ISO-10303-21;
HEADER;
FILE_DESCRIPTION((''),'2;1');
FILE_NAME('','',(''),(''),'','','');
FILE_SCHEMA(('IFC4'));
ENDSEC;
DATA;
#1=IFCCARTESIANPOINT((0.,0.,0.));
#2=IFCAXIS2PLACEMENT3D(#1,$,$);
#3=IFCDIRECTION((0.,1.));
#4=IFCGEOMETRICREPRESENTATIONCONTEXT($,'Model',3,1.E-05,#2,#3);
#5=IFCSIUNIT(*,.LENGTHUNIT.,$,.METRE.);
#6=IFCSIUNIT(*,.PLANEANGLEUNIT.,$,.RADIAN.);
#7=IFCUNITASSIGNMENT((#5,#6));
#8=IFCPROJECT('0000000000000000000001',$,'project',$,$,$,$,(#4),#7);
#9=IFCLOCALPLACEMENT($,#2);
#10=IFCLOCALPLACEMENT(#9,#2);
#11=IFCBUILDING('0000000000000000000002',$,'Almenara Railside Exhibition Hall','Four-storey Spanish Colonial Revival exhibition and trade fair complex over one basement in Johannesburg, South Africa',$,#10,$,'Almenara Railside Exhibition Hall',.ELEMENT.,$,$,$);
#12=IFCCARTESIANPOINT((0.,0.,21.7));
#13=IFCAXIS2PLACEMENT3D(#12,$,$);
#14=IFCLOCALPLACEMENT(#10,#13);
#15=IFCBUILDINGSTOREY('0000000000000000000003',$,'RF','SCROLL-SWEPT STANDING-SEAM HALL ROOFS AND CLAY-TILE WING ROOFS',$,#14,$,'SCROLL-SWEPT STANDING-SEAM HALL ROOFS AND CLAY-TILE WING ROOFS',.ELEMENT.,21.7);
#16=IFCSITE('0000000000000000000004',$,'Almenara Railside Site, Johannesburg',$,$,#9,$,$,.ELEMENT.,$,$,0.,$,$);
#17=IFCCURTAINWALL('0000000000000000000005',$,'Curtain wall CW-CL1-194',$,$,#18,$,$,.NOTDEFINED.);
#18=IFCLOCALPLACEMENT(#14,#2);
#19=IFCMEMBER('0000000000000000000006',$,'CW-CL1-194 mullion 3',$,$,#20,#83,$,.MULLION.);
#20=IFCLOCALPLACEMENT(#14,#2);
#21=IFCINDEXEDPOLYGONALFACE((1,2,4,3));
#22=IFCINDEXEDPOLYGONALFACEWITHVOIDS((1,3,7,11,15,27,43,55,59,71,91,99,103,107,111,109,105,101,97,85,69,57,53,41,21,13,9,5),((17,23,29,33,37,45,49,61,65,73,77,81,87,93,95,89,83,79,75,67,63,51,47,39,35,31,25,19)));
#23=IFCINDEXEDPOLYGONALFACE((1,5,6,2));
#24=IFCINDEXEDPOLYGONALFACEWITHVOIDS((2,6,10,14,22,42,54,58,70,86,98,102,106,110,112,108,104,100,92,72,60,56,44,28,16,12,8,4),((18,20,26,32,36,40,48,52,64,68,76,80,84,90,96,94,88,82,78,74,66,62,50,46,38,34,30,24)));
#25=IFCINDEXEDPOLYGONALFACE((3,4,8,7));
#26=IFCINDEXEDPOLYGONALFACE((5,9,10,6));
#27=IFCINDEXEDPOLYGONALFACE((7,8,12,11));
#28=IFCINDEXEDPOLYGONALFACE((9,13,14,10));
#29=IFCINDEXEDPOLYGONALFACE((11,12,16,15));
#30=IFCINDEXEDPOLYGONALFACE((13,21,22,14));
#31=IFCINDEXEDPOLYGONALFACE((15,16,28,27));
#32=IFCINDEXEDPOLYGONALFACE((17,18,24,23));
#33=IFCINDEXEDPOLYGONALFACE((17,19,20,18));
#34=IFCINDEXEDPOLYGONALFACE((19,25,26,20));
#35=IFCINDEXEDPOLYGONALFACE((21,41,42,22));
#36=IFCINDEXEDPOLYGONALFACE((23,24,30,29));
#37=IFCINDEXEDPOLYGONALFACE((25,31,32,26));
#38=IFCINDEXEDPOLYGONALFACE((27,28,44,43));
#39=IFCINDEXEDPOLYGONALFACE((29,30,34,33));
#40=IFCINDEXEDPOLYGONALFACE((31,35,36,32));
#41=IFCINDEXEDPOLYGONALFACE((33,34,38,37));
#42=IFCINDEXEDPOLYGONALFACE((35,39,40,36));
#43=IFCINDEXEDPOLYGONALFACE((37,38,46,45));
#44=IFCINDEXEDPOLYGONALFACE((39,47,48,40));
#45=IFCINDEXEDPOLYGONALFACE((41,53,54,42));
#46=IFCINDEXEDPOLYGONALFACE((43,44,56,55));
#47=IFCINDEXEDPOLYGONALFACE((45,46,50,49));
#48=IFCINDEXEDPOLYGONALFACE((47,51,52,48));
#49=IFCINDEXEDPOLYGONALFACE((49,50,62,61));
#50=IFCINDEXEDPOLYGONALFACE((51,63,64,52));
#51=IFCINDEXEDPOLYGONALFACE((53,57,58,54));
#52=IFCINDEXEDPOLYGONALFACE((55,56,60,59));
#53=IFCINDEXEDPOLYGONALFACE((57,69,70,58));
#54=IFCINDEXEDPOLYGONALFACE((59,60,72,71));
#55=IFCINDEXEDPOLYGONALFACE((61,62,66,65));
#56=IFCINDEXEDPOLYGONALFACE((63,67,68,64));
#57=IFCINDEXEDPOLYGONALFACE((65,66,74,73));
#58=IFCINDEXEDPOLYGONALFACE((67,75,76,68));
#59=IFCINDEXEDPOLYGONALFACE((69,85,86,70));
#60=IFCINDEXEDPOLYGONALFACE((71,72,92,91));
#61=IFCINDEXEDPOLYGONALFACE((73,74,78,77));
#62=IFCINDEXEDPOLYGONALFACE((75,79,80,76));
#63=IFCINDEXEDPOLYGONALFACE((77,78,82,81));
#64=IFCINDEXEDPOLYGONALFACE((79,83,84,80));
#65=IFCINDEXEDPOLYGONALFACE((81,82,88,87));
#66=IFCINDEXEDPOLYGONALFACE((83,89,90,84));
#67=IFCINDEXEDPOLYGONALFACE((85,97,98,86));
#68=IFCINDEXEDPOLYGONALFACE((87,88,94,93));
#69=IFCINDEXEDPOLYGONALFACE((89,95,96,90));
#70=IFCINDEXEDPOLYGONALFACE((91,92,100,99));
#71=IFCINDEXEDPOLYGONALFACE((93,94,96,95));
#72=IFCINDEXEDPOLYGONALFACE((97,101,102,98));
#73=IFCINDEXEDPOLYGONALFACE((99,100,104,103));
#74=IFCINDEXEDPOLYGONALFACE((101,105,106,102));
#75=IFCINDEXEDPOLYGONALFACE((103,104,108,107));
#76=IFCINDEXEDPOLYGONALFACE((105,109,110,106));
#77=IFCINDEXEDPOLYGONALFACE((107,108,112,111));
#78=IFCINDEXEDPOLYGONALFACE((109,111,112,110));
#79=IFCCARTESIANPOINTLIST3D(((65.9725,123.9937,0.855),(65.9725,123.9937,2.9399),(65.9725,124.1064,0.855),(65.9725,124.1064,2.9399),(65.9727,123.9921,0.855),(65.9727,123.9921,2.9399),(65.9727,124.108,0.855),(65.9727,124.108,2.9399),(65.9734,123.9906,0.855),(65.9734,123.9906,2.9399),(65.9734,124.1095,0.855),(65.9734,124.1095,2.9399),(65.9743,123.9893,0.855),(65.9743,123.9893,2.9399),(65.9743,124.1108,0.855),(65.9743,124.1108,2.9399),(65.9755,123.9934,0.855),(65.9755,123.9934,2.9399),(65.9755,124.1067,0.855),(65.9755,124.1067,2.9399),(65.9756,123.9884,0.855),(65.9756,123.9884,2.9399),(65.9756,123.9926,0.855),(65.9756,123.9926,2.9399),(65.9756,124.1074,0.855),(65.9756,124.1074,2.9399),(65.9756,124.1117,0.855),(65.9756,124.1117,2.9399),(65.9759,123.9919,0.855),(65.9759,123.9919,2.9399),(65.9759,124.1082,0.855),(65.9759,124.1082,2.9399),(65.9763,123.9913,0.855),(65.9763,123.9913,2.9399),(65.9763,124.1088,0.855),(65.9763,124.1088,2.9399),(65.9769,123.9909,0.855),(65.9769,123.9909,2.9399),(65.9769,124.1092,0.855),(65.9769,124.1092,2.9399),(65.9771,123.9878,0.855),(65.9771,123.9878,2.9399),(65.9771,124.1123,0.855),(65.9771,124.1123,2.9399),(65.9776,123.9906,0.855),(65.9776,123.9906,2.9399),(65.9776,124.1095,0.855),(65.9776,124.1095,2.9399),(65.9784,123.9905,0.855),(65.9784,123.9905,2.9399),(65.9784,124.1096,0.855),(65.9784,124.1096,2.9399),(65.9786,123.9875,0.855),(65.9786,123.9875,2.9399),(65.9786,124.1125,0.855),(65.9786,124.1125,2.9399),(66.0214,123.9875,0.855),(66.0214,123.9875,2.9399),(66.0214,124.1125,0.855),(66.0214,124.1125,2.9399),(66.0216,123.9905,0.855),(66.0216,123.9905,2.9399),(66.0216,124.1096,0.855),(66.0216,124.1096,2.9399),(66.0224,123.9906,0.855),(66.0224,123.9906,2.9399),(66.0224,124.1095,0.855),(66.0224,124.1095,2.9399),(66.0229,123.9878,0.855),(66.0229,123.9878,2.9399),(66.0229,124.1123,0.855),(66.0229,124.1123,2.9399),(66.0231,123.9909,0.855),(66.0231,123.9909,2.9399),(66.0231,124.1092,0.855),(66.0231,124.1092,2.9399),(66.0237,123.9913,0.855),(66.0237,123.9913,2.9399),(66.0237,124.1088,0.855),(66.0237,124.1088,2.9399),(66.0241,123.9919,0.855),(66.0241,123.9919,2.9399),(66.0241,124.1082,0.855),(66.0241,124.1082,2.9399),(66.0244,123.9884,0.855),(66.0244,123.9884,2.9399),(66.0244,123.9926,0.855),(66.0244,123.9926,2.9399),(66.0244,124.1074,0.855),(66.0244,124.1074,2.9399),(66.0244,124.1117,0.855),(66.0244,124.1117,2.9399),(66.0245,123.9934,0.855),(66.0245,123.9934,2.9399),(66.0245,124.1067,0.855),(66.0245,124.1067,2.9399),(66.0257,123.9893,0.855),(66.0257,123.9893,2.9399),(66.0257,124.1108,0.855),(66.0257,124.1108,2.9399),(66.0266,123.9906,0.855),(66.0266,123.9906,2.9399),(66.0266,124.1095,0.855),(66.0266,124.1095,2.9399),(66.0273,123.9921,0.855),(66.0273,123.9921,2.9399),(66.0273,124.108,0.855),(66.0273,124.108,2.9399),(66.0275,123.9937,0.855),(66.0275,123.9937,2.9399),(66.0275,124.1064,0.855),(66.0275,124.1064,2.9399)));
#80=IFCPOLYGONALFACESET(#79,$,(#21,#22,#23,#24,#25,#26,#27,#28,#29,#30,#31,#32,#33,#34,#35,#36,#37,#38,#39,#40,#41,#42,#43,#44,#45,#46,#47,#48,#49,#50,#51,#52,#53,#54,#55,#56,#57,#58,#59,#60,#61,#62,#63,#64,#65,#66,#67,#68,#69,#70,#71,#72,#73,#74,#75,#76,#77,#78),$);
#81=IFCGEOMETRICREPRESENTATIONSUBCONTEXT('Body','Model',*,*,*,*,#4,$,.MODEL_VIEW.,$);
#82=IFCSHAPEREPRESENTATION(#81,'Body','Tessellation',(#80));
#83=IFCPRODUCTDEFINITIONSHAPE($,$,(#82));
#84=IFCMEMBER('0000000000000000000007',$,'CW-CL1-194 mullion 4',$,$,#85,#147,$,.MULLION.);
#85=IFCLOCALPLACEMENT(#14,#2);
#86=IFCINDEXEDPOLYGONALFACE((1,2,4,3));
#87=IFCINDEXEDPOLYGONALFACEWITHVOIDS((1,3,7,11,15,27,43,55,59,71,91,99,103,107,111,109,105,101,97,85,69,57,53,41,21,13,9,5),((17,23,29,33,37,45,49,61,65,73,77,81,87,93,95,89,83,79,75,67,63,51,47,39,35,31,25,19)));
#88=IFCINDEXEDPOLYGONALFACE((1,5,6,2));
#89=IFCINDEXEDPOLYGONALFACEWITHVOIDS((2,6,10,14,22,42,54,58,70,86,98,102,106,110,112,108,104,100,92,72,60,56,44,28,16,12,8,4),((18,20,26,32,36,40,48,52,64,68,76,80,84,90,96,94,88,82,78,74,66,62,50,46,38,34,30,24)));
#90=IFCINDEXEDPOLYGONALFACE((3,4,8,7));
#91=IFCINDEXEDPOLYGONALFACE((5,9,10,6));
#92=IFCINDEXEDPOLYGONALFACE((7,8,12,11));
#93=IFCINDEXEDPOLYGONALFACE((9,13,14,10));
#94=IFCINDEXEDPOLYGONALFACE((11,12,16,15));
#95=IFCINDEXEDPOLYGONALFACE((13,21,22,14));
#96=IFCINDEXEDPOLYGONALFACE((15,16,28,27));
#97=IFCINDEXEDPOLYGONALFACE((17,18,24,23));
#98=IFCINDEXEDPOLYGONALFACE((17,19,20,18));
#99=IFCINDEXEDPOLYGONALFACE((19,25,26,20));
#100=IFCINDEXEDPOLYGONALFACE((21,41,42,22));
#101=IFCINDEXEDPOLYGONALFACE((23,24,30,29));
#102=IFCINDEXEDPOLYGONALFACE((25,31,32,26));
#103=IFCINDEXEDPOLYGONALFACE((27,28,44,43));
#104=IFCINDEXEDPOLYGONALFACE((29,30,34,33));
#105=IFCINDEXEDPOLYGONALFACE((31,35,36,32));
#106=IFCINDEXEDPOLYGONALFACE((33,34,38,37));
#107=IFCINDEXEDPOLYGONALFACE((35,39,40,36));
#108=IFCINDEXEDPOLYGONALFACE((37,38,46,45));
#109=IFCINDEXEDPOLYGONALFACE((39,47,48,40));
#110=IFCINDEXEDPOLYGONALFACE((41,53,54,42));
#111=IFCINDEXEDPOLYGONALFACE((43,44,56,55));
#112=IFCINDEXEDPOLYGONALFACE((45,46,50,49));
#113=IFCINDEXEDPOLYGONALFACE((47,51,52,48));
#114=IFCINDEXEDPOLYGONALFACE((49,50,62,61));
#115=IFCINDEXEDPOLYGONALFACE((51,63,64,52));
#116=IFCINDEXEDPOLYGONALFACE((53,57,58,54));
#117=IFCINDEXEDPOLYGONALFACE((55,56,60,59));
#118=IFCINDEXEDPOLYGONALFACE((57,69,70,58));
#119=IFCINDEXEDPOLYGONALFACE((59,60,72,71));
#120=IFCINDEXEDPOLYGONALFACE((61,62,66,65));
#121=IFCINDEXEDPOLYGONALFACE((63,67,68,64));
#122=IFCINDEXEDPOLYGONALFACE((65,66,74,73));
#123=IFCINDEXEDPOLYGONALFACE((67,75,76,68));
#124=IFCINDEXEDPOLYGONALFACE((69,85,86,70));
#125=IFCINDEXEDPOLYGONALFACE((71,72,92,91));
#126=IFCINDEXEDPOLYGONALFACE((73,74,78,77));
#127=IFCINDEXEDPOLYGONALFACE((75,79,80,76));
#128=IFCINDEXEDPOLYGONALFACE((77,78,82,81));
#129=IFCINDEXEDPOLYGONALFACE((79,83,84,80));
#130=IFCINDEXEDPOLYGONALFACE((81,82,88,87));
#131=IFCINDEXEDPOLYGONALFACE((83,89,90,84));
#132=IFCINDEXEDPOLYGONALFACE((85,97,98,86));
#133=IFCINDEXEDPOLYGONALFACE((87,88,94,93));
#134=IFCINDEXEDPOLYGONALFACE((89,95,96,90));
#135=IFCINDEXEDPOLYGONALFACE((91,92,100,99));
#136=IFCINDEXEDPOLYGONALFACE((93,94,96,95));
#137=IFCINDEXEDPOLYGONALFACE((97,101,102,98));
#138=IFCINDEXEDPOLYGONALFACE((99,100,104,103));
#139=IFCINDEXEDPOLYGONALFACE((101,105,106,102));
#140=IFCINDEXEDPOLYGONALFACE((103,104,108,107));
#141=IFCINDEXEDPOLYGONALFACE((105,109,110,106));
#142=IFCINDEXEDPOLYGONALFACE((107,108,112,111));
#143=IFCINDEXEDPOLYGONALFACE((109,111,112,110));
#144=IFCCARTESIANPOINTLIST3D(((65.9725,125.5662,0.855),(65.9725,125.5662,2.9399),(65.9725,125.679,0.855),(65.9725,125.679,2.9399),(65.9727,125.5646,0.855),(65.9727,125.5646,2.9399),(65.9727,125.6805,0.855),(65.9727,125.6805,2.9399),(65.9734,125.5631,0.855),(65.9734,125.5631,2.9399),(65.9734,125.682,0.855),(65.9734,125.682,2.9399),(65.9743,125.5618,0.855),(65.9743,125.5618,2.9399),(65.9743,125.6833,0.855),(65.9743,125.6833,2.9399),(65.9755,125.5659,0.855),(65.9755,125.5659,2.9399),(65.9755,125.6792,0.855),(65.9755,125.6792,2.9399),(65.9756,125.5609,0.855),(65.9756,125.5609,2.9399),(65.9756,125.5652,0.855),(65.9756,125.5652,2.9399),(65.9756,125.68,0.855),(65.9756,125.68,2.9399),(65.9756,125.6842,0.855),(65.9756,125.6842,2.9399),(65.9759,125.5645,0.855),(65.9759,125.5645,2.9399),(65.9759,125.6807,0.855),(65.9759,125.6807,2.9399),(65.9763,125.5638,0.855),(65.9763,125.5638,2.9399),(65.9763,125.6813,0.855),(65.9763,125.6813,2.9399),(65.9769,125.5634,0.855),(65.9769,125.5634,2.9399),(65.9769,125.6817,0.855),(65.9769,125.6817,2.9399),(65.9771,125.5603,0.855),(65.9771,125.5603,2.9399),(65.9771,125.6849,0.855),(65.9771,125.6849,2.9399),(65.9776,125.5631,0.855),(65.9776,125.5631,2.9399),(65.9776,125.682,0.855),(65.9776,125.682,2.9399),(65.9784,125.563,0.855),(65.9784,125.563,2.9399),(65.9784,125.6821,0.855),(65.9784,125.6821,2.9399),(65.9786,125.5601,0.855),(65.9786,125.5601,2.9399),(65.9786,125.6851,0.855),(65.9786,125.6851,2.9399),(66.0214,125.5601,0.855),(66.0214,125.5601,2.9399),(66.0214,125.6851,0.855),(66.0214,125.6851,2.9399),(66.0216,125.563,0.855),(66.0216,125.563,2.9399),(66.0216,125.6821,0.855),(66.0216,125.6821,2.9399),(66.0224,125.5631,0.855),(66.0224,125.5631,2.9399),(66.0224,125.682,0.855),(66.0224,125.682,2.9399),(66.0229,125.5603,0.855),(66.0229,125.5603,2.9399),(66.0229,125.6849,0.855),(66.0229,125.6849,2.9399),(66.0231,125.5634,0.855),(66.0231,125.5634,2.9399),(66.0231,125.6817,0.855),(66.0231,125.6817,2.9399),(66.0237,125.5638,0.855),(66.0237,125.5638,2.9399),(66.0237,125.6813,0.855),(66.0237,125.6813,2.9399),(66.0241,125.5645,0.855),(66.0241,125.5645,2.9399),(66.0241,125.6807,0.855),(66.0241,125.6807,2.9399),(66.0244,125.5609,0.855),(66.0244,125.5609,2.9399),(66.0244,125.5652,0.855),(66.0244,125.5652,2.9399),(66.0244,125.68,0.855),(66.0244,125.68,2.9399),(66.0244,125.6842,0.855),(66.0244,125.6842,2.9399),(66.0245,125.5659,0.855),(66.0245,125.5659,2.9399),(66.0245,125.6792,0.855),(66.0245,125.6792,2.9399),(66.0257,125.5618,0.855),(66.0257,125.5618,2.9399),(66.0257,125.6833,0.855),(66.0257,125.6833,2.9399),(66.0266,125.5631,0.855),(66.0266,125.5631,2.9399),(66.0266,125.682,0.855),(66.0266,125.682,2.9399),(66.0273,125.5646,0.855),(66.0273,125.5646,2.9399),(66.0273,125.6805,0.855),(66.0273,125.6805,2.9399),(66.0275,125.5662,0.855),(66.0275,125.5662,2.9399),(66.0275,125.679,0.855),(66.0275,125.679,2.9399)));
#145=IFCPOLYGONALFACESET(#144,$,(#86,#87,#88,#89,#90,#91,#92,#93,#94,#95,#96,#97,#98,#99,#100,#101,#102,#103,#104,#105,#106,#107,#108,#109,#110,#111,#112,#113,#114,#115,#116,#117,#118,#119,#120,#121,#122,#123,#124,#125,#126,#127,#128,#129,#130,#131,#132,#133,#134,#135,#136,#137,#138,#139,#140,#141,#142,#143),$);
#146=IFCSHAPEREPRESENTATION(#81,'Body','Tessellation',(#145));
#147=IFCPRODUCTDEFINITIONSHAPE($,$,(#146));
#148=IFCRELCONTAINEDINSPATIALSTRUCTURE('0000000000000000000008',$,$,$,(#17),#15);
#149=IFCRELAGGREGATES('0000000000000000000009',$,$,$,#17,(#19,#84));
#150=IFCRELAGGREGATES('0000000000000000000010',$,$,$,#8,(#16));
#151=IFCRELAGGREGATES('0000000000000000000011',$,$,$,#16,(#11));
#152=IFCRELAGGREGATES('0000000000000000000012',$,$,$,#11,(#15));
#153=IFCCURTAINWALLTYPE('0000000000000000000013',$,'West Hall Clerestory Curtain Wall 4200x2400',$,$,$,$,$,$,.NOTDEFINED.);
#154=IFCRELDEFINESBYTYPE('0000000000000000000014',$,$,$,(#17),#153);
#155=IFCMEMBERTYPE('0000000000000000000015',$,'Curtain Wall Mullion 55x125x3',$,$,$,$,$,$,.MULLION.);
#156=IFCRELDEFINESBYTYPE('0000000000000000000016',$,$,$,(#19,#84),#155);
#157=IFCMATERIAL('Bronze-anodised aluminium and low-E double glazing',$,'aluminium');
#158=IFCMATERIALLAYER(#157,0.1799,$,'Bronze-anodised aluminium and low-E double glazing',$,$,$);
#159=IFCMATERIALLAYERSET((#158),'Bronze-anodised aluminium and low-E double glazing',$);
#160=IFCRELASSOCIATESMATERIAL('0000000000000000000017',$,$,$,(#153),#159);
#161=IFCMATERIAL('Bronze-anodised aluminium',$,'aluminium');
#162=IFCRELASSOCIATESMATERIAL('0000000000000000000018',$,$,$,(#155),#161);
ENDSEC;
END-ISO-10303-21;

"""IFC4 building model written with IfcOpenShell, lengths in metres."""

from ifc_helpers import new_model, si_unit, direction, frame, origin, origin_2d, place, context, subcontext, project, spatial, hollow_rectangle, extrude, material, layer, layer_set, material_profile, profile_set, type_object, element, aggregate, save


model = new_model("IFC4")

# Units and contexts
model_context = context("Model", 3, precision=1e-05, world=origin(), true_north=direction((0.0, 1.0)))
body_context = subcontext(model_context, "Body", "Model", "MODEL_VIEW")
ifc_project = project(units=[si_unit("LENGTHUNIT", "METRE"), si_unit("PLANEANGLEUNIT", "RADIAN")], contexts=[model_context])

# Site, building, storey
site_placement = place(None, origin())
site = spatial("IfcSite", under=ifc_project, at=site_placement, Name="Almenara Railside Site, Johannesburg", CompositionType="ELEMENT", RefElevation=0.0)
building_placement = place(site_placement, origin())
building = spatial("IfcBuilding", under=site, at=building_placement, Name="Almenara Railside Exhibition Hall", Description="Four-storey Spanish Colonial Revival exhibition and trade fair complex over one basement in Johannesburg, South Africa", LongName="Almenara Railside Exhibition Hall", CompositionType="ELEMENT")
storey_placement = place(building_placement, frame((0.0, 0.0, 21.7)))
storey = spatial("IfcBuildingStorey", under=building, at=storey_placement, Name="RF", Description="SCROLL-SWEPT STANDING-SEAM HALL ROOFS AND CLAY-TILE WING ROOFS", LongName="SCROLL-SWEPT STANDING-SEAM HALL ROOFS AND CLAY-TILE WING ROOFS", CompositionType="ELEMENT", Elevation=21.7)

# Curtain wall, members
ifc_material_1 = material(Name="Bronze-anodised aluminium and low-E double glazing", Category="aluminium")
ifc_layer_1 = layer(ifc_material_1, 0.1799, Name="Bronze-anodised aluminium and low-E double glazing")
ifc_layer_set_1 = layer_set([ifc_layer_1], Name="Bronze-anodised aluminium and low-E double glazing")
curtain_wall_type = type_object("IfcCurtainWallType", Name="West Hall Clerestory Curtain Wall 4200x2400", PredefinedType="NOTDEFINED", material=ifc_layer_set_1)
curtain_wall_1_placement = place(storey_placement, origin())
curtain_wall_1 = element("IfcCurtainWall", 1, at=curtain_wall_1_placement, inside=storey, type_object=curtain_wall_type, Name="Curtain wall CW-CL1-194", PredefinedType="NOTDEFINED")
ifc_material_2 = material(Name="Bronze-anodised aluminium", Category="aluminium")
ifc_material_profile_1 = material_profile(ifc_material_2, hollow_rectangle(XDim=0.0549, YDim=0.125, WallThickness=0.0029, InnerFilletRadius=0.0029, OuterFilletRadius=0.0061, at=origin_2d()), Name="ALU-MUL 55x125x3")
ifc_profile_set_1 = profile_set([ifc_material_profile_1], Name="Bronze-anodised aluminium")
member_type_1 = type_object("IfcMemberType", Name="Curtain Wall Mullion 55x125x3", PredefinedType="MULLION", material=ifc_profile_set_1)
member_1_placement = place(storey_placement, frame((66.0, 124.05, 0.855), z_axis=(0.0, 0.0, 1.0), x_axis=(-1.0, 0.0, 0.0)))
member_1 = element("IfcMember", 2, at=member_1_placement, type_object=member_type_1, Name="CW-CL1-194 mullion 3", PredefinedType="MULLION", context=body_context, shape_type="SweptSolid", body=[
    extrude(hollow_rectangle(XDim=0.0549, YDim=0.125, WallThickness=0.0029, InnerFilletRadius=0.0029, OuterFilletRadius=0.0061, at=origin_2d()), origin(), (0.0, 0.0, 1.0), 2.085),
])
member_2_placement = place(storey_placement, frame((66.0, 125.6226, 0.855), z_axis=(0.0, 0.0, 1.0), x_axis=(-1.0, 0.0, 0.0)))
member_2 = element("IfcMember", 3, at=member_2_placement, type_object=member_type_1, Name="CW-CL1-194 mullion 4", PredefinedType="MULLION", context=body_context, shape_type="SweptSolid", body=[
    extrude(hollow_rectangle(XDim=0.0549, YDim=0.125, WallThickness=0.0029, InnerFilletRadius=0.0029, OuterFilletRadius=0.0061, at=origin_2d()), origin(), (0.0, 0.0, 1.0), 2.085),
])

aggregate(curtain_wall_1, [member_1, member_2])

save(model, "model.ifc")
